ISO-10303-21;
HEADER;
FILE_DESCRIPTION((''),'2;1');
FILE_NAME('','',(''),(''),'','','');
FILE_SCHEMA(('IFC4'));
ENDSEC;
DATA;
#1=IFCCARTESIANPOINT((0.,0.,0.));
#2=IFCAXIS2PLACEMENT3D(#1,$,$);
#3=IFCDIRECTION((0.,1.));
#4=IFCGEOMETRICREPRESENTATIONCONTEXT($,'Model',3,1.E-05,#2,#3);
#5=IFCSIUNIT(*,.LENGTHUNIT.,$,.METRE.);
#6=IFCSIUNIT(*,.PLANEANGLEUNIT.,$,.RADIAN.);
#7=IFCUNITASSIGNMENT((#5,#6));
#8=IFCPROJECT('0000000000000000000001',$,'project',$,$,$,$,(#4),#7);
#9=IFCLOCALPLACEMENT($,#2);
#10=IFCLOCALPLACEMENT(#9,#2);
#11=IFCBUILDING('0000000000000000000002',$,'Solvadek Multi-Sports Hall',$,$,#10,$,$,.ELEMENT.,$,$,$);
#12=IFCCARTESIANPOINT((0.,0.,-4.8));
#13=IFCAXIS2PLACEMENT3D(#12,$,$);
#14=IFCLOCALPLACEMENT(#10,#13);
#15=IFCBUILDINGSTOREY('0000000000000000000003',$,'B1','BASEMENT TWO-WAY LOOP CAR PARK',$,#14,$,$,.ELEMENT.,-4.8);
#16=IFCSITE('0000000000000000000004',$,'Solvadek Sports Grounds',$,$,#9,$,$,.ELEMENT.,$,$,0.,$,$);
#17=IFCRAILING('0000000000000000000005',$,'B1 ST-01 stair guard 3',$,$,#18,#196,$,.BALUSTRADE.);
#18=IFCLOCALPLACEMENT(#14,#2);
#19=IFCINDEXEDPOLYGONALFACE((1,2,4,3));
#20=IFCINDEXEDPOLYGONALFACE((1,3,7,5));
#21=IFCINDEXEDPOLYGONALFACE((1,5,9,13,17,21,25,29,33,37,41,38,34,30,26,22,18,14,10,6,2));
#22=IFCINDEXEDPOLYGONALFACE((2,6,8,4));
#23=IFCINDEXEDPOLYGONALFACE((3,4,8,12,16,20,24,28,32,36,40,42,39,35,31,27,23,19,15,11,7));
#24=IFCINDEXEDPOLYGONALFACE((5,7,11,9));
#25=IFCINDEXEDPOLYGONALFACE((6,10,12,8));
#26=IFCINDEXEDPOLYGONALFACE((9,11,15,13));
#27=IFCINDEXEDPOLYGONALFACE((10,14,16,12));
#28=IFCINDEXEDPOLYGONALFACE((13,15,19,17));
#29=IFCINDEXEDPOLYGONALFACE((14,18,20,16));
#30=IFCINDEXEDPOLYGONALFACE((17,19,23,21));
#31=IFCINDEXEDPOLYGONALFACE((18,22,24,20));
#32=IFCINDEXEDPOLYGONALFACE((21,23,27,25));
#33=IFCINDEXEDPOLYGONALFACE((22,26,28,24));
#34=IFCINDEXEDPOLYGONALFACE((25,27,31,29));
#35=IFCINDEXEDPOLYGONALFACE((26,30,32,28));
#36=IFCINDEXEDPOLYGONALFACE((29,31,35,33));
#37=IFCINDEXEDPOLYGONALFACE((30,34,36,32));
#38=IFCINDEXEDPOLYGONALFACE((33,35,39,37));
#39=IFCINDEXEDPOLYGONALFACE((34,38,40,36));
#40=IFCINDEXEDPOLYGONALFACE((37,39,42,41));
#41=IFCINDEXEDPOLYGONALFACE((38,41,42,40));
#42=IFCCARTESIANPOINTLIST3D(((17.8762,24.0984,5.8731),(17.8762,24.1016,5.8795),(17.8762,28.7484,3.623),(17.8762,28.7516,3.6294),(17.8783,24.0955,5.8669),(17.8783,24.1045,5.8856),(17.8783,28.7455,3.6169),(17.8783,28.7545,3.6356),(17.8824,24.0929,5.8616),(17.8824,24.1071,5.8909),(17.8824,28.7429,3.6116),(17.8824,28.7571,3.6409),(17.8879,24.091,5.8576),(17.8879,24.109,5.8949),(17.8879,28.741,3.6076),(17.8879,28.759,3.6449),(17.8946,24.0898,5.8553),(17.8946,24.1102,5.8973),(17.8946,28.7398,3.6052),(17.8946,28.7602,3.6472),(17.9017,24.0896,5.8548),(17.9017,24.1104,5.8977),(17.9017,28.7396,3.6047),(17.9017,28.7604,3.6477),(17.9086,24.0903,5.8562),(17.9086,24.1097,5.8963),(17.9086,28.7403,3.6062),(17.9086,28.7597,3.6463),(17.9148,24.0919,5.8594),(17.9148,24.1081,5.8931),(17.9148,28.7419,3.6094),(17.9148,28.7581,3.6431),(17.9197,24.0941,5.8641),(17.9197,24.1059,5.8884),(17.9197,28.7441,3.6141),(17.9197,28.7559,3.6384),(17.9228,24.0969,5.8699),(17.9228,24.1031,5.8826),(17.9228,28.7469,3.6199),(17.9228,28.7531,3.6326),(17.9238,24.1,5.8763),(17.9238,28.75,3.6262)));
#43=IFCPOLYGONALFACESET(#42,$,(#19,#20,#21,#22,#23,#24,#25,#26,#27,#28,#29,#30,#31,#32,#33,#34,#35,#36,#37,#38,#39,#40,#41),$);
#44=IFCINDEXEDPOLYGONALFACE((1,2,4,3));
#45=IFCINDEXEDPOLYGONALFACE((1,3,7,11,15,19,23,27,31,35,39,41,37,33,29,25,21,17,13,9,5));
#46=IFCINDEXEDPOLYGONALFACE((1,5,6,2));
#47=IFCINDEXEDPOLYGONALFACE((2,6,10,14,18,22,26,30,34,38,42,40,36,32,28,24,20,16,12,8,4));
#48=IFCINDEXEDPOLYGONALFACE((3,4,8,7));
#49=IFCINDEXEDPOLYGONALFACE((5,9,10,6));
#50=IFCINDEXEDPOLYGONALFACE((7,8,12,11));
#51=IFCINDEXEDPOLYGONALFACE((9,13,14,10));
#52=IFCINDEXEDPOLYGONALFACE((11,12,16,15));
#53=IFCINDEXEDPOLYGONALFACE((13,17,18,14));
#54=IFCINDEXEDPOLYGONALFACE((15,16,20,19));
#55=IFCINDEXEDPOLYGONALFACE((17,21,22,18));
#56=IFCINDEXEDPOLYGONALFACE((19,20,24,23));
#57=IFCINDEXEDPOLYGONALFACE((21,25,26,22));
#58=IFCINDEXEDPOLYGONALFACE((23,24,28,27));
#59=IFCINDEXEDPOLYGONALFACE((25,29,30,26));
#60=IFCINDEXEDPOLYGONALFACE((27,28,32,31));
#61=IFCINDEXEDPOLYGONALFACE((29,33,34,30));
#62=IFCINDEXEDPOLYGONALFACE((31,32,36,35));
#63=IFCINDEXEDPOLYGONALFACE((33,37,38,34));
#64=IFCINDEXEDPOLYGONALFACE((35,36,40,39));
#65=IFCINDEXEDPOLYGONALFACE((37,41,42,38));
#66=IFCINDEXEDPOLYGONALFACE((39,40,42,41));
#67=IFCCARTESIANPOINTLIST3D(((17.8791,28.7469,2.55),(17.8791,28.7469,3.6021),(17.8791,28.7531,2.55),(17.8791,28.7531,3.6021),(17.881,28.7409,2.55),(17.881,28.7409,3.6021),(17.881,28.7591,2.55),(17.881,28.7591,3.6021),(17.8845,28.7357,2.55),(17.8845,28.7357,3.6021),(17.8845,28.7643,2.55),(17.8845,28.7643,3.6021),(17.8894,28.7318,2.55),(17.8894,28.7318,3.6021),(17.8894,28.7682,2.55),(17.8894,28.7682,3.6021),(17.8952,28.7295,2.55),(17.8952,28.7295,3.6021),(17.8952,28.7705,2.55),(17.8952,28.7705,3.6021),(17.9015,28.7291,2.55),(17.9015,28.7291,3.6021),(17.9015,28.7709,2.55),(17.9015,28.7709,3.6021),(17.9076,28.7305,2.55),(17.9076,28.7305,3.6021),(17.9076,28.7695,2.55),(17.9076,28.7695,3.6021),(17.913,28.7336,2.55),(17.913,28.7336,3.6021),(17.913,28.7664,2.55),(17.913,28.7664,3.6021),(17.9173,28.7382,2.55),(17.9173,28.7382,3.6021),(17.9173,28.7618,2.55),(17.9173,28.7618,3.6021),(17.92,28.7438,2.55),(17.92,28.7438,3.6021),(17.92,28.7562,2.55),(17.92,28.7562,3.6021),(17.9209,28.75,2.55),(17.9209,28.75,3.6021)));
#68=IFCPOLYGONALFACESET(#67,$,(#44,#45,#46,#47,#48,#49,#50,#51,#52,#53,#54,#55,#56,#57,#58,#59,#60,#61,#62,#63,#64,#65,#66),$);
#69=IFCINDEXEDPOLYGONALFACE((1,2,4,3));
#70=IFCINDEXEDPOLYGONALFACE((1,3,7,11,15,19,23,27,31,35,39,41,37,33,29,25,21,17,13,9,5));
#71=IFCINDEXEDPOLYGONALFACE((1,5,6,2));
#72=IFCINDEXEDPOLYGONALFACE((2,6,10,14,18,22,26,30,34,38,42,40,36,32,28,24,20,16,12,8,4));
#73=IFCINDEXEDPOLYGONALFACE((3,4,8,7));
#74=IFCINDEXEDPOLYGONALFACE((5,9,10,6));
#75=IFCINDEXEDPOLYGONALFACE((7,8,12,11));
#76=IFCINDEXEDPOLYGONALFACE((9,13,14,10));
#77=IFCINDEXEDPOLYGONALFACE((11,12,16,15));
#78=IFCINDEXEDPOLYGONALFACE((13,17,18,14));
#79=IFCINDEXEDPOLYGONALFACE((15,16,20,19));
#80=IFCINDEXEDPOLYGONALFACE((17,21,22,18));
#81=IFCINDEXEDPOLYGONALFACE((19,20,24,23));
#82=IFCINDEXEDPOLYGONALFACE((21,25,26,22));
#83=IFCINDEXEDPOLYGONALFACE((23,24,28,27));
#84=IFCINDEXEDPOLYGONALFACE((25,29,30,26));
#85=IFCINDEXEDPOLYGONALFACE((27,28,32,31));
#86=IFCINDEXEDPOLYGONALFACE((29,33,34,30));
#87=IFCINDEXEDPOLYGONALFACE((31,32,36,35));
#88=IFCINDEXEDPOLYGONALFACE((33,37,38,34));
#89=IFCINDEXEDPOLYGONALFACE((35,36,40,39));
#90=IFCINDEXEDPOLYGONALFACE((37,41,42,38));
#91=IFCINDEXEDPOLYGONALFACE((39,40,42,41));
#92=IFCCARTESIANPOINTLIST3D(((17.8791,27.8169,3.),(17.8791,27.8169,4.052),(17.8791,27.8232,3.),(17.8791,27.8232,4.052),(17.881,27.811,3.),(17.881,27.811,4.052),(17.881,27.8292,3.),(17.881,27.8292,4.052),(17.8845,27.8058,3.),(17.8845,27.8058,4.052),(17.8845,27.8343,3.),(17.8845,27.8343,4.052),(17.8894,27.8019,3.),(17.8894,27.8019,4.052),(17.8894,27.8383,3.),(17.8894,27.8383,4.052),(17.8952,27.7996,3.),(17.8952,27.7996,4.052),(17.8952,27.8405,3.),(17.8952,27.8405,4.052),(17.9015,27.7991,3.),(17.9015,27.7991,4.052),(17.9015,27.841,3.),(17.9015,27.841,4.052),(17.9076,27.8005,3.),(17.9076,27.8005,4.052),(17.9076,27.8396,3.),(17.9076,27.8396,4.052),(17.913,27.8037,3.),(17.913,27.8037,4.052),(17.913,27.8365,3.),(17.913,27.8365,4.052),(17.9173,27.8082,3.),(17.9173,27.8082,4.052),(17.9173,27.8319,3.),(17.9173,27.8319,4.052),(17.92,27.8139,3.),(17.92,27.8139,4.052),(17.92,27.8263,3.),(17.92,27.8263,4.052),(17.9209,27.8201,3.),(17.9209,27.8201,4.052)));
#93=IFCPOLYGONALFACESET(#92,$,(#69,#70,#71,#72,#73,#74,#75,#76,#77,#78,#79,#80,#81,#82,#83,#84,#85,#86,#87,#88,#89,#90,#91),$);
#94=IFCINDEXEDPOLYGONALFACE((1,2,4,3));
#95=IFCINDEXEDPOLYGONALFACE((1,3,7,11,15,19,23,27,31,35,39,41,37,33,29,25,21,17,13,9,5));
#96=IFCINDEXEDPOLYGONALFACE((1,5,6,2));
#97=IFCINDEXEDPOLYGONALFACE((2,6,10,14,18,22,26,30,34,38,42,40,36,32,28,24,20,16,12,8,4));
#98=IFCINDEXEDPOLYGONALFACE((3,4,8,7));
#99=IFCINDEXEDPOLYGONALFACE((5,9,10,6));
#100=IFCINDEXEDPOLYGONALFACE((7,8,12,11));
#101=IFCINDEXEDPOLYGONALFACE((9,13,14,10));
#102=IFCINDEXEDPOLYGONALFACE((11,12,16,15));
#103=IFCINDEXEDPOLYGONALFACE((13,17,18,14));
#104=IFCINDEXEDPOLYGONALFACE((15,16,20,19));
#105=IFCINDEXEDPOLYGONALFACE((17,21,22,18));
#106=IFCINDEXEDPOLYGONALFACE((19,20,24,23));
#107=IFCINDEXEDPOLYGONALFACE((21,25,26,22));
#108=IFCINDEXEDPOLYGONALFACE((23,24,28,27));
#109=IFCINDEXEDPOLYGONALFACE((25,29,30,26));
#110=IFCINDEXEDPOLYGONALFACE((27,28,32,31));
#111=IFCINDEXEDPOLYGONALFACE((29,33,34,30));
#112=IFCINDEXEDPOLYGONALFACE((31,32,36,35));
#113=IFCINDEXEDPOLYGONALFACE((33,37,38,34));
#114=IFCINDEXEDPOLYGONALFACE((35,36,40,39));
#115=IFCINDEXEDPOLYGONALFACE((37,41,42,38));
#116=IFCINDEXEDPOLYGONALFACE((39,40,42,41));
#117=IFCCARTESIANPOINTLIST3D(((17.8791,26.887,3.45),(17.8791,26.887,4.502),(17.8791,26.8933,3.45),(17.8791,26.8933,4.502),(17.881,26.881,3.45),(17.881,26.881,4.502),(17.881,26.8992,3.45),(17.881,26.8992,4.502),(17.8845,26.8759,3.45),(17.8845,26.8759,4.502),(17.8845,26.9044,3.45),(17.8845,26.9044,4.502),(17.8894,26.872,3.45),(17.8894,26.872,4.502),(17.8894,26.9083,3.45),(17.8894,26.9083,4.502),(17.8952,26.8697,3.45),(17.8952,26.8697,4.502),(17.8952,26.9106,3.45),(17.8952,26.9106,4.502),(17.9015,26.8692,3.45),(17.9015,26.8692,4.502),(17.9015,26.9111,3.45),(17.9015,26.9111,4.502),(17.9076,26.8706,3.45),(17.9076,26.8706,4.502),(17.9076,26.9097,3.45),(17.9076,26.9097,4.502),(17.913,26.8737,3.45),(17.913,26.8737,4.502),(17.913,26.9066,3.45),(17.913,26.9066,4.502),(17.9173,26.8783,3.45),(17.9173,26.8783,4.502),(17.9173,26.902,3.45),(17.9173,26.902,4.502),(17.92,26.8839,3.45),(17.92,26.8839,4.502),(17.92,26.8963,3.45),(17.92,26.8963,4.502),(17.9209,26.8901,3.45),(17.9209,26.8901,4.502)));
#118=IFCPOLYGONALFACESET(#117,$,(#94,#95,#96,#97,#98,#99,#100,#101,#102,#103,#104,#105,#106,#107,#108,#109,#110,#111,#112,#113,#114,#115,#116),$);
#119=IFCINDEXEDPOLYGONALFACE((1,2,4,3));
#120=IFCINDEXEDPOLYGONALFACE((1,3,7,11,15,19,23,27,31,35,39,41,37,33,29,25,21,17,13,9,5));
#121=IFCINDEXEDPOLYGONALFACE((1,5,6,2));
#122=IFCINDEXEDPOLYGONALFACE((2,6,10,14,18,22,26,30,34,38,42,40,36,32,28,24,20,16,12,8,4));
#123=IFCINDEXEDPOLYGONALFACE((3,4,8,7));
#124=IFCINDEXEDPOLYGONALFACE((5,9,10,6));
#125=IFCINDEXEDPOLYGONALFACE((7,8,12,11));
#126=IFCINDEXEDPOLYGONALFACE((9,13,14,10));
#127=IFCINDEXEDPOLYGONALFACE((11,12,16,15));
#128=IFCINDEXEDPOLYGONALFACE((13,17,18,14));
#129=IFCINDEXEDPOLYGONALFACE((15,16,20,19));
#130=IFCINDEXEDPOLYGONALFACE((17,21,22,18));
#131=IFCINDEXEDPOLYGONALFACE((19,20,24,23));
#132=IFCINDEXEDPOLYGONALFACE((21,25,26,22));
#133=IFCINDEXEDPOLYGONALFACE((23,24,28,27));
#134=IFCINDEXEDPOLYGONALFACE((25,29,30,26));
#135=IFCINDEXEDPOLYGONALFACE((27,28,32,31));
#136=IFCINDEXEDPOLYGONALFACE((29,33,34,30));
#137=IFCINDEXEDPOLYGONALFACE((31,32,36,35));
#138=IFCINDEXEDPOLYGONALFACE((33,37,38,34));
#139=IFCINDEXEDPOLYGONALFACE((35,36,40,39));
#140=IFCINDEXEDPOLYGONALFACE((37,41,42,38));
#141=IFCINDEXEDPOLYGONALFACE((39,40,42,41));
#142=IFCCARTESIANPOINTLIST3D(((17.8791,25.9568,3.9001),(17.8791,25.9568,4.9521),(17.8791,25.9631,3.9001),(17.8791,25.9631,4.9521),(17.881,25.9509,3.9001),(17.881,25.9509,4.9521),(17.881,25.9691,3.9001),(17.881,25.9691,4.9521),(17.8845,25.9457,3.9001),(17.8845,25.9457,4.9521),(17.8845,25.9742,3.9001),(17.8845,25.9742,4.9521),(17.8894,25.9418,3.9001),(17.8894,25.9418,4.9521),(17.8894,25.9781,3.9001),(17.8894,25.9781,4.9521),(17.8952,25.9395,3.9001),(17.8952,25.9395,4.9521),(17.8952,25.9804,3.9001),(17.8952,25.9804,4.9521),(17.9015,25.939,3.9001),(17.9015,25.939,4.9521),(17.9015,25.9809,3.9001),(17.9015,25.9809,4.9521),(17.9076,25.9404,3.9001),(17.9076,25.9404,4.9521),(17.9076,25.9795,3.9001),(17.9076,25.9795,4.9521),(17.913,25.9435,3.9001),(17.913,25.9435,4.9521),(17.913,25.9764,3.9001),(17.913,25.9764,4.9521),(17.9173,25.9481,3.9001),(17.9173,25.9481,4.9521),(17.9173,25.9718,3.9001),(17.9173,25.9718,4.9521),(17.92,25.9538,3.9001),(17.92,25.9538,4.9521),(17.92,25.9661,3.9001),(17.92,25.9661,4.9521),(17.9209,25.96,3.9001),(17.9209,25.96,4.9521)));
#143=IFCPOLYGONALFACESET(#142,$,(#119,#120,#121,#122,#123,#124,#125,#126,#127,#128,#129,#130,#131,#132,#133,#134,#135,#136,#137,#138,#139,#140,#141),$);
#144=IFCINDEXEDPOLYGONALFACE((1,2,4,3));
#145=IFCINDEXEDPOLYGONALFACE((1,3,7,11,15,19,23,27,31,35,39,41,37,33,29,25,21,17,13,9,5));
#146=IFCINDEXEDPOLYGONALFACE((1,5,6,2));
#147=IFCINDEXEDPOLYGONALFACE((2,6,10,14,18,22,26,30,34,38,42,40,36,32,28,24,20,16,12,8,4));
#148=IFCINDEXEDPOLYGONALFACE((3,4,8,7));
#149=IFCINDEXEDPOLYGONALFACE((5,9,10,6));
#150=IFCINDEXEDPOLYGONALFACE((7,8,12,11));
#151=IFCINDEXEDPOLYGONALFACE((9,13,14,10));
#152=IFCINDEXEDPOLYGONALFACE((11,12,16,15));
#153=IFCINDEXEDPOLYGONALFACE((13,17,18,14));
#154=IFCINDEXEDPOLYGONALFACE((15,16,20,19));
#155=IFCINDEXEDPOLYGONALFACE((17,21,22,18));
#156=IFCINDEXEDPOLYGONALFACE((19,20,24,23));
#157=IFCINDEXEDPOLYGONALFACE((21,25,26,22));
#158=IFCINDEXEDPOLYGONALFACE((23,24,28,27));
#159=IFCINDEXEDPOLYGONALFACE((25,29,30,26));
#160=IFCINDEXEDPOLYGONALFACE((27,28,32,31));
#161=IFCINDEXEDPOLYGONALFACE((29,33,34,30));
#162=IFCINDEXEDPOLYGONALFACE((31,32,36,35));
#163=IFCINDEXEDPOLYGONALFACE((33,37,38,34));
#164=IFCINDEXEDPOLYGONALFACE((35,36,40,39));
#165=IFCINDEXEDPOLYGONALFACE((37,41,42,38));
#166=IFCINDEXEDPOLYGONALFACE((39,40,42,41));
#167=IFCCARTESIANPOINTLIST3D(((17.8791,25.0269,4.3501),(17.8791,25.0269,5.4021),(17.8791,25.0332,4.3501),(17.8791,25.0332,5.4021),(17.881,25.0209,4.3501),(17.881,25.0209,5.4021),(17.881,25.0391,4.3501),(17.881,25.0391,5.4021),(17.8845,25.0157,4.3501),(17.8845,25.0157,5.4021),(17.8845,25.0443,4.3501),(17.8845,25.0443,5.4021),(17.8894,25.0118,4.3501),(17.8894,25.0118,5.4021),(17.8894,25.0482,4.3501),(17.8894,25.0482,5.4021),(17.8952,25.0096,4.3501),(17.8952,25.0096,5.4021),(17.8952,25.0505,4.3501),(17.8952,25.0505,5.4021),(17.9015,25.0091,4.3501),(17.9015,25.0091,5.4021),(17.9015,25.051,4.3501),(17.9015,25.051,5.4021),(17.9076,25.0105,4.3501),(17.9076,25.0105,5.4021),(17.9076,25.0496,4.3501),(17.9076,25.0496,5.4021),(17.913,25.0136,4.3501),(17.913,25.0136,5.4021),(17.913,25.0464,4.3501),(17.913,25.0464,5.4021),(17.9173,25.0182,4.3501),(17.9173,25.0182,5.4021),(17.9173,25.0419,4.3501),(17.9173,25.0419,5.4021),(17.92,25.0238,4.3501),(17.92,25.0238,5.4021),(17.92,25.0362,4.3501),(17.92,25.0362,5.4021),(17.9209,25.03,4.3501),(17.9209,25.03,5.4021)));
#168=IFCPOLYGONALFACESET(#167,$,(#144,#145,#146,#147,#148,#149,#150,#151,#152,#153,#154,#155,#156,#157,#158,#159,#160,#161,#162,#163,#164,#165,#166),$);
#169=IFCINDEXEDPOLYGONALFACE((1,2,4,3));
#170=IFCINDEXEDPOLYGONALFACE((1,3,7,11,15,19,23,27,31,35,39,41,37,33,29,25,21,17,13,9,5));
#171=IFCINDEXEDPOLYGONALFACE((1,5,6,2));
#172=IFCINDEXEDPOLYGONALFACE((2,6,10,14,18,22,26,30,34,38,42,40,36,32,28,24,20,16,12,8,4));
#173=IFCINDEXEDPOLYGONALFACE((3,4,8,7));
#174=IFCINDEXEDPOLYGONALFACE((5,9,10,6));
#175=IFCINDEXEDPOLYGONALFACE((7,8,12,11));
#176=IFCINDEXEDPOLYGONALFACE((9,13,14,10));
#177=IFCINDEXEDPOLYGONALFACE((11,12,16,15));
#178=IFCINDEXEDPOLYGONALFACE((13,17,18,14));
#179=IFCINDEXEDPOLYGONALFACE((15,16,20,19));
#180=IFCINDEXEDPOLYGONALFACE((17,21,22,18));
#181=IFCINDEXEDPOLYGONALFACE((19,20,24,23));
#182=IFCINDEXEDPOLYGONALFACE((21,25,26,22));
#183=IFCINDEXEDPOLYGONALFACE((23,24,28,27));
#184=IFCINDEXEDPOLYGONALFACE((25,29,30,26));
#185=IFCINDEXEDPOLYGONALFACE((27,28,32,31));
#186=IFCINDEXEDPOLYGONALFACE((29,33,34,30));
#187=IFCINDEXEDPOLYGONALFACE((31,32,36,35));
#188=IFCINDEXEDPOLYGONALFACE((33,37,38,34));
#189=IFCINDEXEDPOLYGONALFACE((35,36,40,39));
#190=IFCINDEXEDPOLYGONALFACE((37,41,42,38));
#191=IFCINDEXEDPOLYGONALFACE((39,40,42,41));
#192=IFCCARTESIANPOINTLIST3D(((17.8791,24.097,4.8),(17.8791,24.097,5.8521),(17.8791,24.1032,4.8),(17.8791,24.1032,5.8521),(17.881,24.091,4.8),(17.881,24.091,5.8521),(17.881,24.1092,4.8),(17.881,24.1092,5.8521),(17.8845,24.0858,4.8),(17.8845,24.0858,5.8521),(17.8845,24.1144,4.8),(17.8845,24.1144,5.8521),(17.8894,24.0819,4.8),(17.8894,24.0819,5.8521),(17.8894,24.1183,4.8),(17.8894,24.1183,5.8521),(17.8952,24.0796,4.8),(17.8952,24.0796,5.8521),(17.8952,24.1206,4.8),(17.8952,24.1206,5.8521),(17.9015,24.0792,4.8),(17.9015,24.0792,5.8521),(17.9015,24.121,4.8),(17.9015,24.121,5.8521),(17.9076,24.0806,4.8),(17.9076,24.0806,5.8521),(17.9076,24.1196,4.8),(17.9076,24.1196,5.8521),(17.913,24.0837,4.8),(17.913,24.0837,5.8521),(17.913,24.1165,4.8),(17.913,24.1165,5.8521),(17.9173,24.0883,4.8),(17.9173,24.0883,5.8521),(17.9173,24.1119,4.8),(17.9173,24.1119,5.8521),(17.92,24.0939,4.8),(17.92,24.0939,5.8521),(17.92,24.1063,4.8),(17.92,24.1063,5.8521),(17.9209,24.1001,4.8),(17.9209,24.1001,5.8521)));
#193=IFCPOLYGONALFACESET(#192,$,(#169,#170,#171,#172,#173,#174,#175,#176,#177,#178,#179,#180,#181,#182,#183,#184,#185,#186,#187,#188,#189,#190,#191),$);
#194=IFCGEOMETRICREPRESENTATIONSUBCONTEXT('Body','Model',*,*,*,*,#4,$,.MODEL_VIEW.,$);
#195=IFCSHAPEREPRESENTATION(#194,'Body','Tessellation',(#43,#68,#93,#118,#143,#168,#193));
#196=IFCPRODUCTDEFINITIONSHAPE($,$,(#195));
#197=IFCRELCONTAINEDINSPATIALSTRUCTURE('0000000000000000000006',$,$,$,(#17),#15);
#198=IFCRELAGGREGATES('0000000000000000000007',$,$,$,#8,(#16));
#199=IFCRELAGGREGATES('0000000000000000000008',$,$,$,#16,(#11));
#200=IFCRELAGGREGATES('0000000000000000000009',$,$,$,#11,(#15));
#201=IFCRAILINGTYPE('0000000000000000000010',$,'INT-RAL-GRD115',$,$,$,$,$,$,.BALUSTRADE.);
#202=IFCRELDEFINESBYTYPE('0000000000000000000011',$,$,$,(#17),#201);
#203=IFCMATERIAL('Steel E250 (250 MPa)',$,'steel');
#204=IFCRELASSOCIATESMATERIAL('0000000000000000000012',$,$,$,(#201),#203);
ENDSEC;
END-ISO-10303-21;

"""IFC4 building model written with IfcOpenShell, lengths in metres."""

from ifc_helpers import new_model, si_unit, direction, frame, origin, origin_2d, place, context, subcontext, project, spatial, circle, extrude, material, type_object, element, save


model = new_model("IFC4")

# Units and contexts
model_context = context("Model", 3, precision=1e-05, world=origin(), true_north=direction((0.0, 1.0)))
body_context = subcontext(model_context, "Body", "Model", "MODEL_VIEW")
ifc_project = project(units=[si_unit("LENGTHUNIT", "METRE"), si_unit("PLANEANGLEUNIT", "RADIAN")], contexts=[model_context])

# Site, building, storey
site_placement = place(None, origin())
site = spatial("IfcSite", under=ifc_project, at=site_placement, Name="Solvadek Sports Grounds", CompositionType="ELEMENT", RefElevation=0.0)
building_placement = place(site_placement, origin())
building = spatial("IfcBuilding", under=site, at=building_placement, Name="Solvadek Multi-Sports Hall", CompositionType="ELEMENT")
storey_placement = place(building_placement, frame((0.0, 0.0, -4.8)))
storey = spatial("IfcBuildingStorey", under=building, at=storey_placement, Name="B1", Description="BASEMENT TWO-WAY LOOP CAR PARK", CompositionType="ELEMENT", Elevation=-4.8)

# Railing
ifc_material_1 = material(Name="Steel E250 (250 MPa)", Category="steel")
railing_type_1 = type_object("IfcRailingType", Name="INT-RAL-GRD115", PredefinedType="BALUSTRADE", material=ifc_material_1)
railing_1_placement = place(storey_placement, frame((17.8999, 28.75, 2.55)))
element("IfcRailing", 1, at=railing_1_placement, inside=storey, type_object=railing_type_1, Name="B1 ST-01 stair guard 3", PredefinedType="BALUSTRADE", context=body_context, shape_type="SweptSolid", body=[
    extrude(circle(Radius=0.0239, at=origin_2d()), frame((0.0, 0.0, 1.0762), z_axis=(0.0, -0.900156, 0.435568), x_axis=(1.0, 0.0, 0.0)), (0.0, 0.0, 1.0), 5.1658),
    extrude(circle(Radius=0.021, at=origin_2d()), origin(), (0.0, 0.0, 1.0), 1.052),
    extrude(circle(Radius=0.021, at=origin_2d()), frame((0.0, -0.9299, 0.45)), (0.0, 0.0, 1.0), 1.052),
    extrude(circle(Radius=0.021, at=origin_2d()), frame((0.0, -1.8599, 0.8999)), (0.0, 0.0, 1.0), 1.052),
    extrude(circle(Radius=0.021, at=origin_2d()), frame((0.0, -2.79, 1.3501)), (0.0, 0.0, 1.0), 1.052),
    extrude(circle(Radius=0.021, at=origin_2d()), frame((0.0, -3.72, 1.8)), (0.0, 0.0, 1.0), 1.052),
    extrude(circle(Radius=0.021, at=origin_2d()), frame((0.0, -4.6499, 2.25)), (0.0, 0.0, 1.0), 1.052),
])

save(model, "model.ifc")
